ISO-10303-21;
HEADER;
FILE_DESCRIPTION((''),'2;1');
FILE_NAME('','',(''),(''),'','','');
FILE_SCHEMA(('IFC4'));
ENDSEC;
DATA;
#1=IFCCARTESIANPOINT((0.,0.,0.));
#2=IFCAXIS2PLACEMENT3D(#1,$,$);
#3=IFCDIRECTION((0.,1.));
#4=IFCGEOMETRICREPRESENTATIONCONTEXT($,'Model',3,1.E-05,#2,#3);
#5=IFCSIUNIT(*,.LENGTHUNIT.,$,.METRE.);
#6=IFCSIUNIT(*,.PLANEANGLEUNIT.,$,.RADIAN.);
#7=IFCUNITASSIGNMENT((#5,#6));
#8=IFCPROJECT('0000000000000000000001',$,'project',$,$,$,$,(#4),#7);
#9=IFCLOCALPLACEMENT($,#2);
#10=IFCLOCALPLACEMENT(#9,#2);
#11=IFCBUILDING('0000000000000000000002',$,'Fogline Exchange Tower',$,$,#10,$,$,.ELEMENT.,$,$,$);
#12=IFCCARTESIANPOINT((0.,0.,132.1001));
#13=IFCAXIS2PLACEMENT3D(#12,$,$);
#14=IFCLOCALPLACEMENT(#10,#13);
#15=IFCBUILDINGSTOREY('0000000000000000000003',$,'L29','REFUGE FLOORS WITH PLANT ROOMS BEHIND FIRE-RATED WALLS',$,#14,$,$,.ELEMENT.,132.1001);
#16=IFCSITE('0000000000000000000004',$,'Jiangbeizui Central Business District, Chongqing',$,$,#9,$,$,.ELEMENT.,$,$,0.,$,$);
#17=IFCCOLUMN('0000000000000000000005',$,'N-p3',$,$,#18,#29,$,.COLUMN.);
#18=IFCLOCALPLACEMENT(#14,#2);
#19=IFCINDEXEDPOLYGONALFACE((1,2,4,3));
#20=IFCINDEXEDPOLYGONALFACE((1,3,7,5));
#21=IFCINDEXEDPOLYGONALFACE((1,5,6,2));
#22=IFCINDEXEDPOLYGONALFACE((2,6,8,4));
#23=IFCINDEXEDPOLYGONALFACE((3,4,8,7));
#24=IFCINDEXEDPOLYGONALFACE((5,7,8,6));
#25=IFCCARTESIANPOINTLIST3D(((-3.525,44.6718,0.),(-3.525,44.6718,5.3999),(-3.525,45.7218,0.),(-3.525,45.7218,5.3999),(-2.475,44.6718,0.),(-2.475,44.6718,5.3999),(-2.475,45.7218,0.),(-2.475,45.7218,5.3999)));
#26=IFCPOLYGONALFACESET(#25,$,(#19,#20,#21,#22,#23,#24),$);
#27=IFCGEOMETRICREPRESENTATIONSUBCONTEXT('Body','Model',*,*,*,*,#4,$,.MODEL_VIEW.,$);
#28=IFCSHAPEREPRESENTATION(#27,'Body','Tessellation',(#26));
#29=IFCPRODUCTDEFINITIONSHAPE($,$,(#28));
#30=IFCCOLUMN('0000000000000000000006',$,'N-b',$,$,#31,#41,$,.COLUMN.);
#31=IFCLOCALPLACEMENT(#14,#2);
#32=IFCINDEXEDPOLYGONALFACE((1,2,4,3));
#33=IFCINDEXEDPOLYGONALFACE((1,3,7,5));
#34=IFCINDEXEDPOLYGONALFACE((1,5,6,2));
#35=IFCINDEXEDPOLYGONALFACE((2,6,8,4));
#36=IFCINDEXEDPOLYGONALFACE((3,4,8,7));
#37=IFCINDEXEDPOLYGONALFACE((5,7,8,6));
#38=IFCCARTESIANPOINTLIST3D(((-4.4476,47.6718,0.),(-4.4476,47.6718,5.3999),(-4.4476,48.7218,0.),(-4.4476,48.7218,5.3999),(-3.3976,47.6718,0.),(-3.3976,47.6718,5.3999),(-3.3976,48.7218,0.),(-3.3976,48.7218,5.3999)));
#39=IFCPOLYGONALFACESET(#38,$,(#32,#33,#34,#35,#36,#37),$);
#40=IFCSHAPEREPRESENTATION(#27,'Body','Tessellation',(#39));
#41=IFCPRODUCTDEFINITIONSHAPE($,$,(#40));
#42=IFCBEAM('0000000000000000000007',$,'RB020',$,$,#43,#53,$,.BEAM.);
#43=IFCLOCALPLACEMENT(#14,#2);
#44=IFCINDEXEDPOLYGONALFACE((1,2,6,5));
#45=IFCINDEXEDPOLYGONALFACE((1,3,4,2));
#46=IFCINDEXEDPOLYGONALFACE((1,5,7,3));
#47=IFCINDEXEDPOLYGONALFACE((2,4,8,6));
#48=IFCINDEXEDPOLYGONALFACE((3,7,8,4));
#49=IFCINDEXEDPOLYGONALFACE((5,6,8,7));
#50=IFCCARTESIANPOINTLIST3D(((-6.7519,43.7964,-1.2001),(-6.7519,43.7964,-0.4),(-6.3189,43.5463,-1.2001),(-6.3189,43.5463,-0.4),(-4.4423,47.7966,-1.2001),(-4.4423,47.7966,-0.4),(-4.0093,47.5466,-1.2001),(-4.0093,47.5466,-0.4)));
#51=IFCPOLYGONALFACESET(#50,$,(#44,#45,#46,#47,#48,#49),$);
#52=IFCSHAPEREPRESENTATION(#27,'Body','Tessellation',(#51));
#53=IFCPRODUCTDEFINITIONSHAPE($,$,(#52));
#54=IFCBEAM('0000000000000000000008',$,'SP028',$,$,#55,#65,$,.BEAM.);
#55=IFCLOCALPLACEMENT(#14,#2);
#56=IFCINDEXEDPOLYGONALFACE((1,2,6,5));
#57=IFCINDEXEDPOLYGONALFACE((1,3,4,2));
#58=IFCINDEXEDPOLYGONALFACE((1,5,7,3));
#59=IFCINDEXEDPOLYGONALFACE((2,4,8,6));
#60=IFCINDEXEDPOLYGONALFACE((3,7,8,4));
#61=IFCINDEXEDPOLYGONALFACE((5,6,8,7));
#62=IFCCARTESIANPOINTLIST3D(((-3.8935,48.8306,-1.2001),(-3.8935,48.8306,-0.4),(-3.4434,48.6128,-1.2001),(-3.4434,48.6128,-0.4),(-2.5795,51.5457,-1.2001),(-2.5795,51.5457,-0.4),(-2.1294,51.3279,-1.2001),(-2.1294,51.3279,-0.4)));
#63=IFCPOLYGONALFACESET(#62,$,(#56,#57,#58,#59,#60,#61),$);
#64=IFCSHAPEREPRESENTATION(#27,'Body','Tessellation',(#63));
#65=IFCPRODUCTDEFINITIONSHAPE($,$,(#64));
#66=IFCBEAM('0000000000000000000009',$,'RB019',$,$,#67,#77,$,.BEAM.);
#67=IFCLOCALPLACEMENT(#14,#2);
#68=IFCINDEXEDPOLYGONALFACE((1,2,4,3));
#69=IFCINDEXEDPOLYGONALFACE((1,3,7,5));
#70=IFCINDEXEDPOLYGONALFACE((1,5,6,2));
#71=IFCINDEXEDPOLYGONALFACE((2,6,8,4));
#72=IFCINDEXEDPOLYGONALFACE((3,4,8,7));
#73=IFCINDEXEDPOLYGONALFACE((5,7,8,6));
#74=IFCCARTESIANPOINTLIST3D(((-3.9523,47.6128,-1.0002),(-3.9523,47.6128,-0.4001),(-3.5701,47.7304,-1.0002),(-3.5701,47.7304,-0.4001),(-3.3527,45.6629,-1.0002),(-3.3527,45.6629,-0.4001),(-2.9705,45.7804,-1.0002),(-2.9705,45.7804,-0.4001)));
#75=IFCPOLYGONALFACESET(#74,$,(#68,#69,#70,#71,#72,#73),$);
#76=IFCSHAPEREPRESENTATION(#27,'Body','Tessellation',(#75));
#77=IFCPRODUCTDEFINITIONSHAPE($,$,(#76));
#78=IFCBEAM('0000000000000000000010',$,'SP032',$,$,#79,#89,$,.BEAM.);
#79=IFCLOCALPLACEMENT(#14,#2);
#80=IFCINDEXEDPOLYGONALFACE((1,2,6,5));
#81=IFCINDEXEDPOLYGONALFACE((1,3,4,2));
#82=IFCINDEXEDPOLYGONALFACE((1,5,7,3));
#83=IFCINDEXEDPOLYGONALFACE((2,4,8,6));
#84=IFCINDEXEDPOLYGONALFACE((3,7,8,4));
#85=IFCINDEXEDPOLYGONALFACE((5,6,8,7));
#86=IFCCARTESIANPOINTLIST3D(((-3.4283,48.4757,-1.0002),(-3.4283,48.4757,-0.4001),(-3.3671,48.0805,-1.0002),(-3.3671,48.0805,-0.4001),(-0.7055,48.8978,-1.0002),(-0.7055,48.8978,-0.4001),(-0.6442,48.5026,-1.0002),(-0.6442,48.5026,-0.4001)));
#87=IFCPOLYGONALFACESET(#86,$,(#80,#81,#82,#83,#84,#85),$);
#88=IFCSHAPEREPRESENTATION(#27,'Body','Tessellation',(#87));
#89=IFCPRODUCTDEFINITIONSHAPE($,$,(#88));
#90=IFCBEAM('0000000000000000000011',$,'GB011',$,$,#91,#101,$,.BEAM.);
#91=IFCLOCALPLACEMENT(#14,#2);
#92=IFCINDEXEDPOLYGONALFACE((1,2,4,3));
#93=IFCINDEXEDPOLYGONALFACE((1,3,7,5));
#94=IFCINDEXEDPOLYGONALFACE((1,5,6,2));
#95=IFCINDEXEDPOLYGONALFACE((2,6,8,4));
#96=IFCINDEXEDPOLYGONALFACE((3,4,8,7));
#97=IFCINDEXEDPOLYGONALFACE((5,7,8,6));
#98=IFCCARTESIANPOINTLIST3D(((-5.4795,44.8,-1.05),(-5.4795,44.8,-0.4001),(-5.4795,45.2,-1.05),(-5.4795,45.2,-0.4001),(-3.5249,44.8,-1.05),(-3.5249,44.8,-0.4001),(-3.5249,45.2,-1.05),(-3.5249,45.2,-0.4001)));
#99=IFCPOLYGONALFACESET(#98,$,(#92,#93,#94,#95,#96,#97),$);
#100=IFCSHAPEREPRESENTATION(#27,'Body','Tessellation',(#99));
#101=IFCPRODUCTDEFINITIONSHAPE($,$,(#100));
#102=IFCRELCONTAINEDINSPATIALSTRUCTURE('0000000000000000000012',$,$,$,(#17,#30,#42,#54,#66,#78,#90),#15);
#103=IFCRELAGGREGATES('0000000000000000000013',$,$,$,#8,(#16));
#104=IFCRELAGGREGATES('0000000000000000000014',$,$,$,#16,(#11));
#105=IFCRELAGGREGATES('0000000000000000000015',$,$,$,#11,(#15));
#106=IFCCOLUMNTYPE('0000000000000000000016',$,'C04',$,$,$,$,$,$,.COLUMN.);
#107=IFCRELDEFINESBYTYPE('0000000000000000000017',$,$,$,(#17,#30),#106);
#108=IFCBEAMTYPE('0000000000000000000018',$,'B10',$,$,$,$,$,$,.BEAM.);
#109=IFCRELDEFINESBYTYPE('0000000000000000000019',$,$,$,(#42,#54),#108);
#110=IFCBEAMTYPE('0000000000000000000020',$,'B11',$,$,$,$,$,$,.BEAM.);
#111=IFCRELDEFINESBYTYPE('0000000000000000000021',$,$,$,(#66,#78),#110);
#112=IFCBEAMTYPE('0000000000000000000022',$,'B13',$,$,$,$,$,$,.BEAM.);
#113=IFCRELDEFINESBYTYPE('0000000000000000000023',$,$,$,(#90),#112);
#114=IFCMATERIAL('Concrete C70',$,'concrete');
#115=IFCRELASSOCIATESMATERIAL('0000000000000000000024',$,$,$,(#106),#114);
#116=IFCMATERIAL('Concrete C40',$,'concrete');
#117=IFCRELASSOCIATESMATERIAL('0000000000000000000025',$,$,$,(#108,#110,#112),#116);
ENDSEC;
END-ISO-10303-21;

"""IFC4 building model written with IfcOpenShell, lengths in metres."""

from ifc_helpers import new_model, si_unit, direction, frame, origin, origin_2d, place, context, subcontext, project, spatial, rectangle, extrude, material, material_profile, profile_set, type_object, element, save


model = new_model("IFC4")

# Units and contexts
model_context = context("Model", 3, precision=1e-05, world=origin(), true_north=direction((0.0, 1.0)))
body_context = subcontext(model_context, "Body", "Model", "MODEL_VIEW")
ifc_project = project(units=[si_unit("LENGTHUNIT", "METRE"), si_unit("PLANEANGLEUNIT", "RADIAN")], contexts=[model_context])

# Site, building, storey
site_placement = place(None, origin())
site = spatial("IfcSite", under=ifc_project, at=site_placement, Name="Jiangbeizui Central Business District, Chongqing", CompositionType="ELEMENT", RefElevation=0.0)
building_placement = place(site_placement, origin())
building = spatial("IfcBuilding", under=site, at=building_placement, Name="Fogline Exchange Tower", CompositionType="ELEMENT")
storey_placement = place(building_placement, frame((0.0, 0.0, 132.1001)))
storey = spatial("IfcBuildingStorey", under=building, at=storey_placement, Name="L29", Description="REFUGE FLOORS WITH PLANT ROOMS BEHIND FIRE-RATED WALLS", CompositionType="ELEMENT", Elevation=132.1001)

# Columns
ifc_material_1 = material(Name="Concrete C70", Category="concrete")
ifc_material_profile_1 = material_profile(ifc_material_1, rectangle(XDim=1.05, YDim=1.05, at=origin_2d()), Name="RC 1050x1050")
ifc_profile_set_1 = profile_set([ifc_material_profile_1], Name="Concrete C70")
column_type = type_object("IfcColumnType", Name="C04", PredefinedType="COLUMN", material=ifc_profile_set_1)
for number, where, z_axis, x_axis, name in (
    (1, (-3.0, 45.1968, 0.0), (0.0, 0.0, 1.0), (1.0, 0.0, 0.0), "N-p3"),
    (2, (-3.9226, 48.1968, 0.0), (0.0, 0.0, 1.0), (1.0, 0.0, 0.0), "N-b"),
):
    element("IfcColumn", number, at=place(storey_placement, frame(where, z_axis=z_axis, x_axis=x_axis)), inside=storey, type_object=column_type, Name=name, PredefinedType="COLUMN", context=body_context, shape_type="SweptSolid", body=[
        extrude(rectangle(XDim=1.05, YDim=1.05, at=origin_2d()), origin(), (0.0, 0.0, 1.0), 5.3999),
    ])

# Beams
ifc_material_2 = material(Name="Concrete C40", Category="concrete")
ifc_material_profile_2 = material_profile(ifc_material_2, rectangle(XDim=0.5, YDim=0.8, at=origin_2d()), Name="RC 500x800")
ifc_profile_set_2 = profile_set([ifc_material_profile_2], Name="Concrete C40")
beam_type_1 = type_object("IfcBeamType", Name="B10", PredefinedType="BEAM", material=ifc_profile_set_2)
beam_1_placement = place(storey_placement, frame((-4.2258, 47.6716, -0.8), z_axis=(-0.500005, -0.866023, 0.0), x_axis=(0.866023, -0.500005, 0.0)))
element("IfcBeam", 3, at=beam_1_placement, inside=storey, type_object=beam_type_1, Name="RB020", PredefinedType="BEAM", context=body_context, shape_type="SweptSolid", body=[
    extrude(rectangle(XDim=0.5, YDim=0.8, at=origin_2d()), origin(), (0.0, 0.0, 1.0), 4.6191),
])
beam_2_placement = place(storey_placement, frame((-3.6685, 48.7217, -0.8), z_axis=(0.435618, 0.900132, 0.0), x_axis=(-0.900132, 0.435618, 0.0)))
element("IfcBeam", 4, at=beam_2_placement, inside=storey, type_object=beam_type_1, Name="SP028", PredefinedType="BEAM", context=body_context, shape_type="SweptSolid", body=[
    extrude(rectangle(XDim=0.5, YDim=0.8, at=origin_2d()), origin(), (0.0, 0.0, 1.0), 3.0164),
])
ifc_material_profile_3 = material_profile(ifc_material_2, rectangle(XDim=0.3999, YDim=0.6001, at=origin_2d()), Name="RC 400x600")
ifc_profile_set_3 = profile_set([ifc_material_profile_3], Name="Concrete C40")
beam_type_2 = type_object("IfcBeamType", Name="B11", PredefinedType="BEAM", material=ifc_profile_set_3)
beam_3_placement = place(storey_placement, frame((-3.1616, 45.7217, -0.7002), z_axis=(-0.293918, 0.955831, 0.0), x_axis=(-0.955831, -0.293918, 0.0)))
element("IfcBeam", 5, at=beam_3_placement, inside=storey, type_object=beam_type_2, Name="RB019", PredefinedType="BEAM", context=body_context, shape_type="SweptSolid", body=[
    extrude(rectangle(XDim=0.3999, YDim=0.6001, at=origin_2d()), origin(), (0.0, 0.0, 1.0), 2.04),
])
beam_4_placement = place(storey_placement, frame((-3.3977, 48.2781, -0.7002), z_axis=(0.988196, 0.153196, 0.0), x_axis=(-0.153196, 0.988196, 0.0)))
element("IfcBeam", 6, at=beam_4_placement, inside=storey, type_object=beam_type_2, Name="SP032", PredefinedType="BEAM", context=body_context, shape_type="SweptSolid", body=[
    extrude(rectangle(XDim=0.3999, YDim=0.6001, at=origin_2d()), origin(), (0.0, 0.0, 1.0), 2.7554),
])
ifc_material_profile_4 = material_profile(ifc_material_2, rectangle(XDim=0.3999, YDim=0.6499, at=origin_2d()), Name="RC 400x650")
ifc_profile_set_4 = profile_set([ifc_material_profile_4], Name="Concrete C40")
beam_type_3 = type_object("IfcBeamType", Name="B13", PredefinedType="BEAM", material=ifc_profile_set_4)
beam_5_placement = place(storey_placement, frame((-5.4795, 45.0, -0.7251), z_axis=(1.0, 0.0, 0.0), x_axis=(0.0, 1.0, 0.0)))
element("IfcBeam", 7, at=beam_5_placement, inside=storey, type_object=beam_type_3, Name="GB011", PredefinedType="BEAM", context=body_context, shape_type="SweptSolid", body=[
    extrude(rectangle(XDim=0.3999, YDim=0.6499, at=origin_2d()), origin(), (0.0, 0.0, 1.0), 1.9546),
])

save(model, "model.ifc")
